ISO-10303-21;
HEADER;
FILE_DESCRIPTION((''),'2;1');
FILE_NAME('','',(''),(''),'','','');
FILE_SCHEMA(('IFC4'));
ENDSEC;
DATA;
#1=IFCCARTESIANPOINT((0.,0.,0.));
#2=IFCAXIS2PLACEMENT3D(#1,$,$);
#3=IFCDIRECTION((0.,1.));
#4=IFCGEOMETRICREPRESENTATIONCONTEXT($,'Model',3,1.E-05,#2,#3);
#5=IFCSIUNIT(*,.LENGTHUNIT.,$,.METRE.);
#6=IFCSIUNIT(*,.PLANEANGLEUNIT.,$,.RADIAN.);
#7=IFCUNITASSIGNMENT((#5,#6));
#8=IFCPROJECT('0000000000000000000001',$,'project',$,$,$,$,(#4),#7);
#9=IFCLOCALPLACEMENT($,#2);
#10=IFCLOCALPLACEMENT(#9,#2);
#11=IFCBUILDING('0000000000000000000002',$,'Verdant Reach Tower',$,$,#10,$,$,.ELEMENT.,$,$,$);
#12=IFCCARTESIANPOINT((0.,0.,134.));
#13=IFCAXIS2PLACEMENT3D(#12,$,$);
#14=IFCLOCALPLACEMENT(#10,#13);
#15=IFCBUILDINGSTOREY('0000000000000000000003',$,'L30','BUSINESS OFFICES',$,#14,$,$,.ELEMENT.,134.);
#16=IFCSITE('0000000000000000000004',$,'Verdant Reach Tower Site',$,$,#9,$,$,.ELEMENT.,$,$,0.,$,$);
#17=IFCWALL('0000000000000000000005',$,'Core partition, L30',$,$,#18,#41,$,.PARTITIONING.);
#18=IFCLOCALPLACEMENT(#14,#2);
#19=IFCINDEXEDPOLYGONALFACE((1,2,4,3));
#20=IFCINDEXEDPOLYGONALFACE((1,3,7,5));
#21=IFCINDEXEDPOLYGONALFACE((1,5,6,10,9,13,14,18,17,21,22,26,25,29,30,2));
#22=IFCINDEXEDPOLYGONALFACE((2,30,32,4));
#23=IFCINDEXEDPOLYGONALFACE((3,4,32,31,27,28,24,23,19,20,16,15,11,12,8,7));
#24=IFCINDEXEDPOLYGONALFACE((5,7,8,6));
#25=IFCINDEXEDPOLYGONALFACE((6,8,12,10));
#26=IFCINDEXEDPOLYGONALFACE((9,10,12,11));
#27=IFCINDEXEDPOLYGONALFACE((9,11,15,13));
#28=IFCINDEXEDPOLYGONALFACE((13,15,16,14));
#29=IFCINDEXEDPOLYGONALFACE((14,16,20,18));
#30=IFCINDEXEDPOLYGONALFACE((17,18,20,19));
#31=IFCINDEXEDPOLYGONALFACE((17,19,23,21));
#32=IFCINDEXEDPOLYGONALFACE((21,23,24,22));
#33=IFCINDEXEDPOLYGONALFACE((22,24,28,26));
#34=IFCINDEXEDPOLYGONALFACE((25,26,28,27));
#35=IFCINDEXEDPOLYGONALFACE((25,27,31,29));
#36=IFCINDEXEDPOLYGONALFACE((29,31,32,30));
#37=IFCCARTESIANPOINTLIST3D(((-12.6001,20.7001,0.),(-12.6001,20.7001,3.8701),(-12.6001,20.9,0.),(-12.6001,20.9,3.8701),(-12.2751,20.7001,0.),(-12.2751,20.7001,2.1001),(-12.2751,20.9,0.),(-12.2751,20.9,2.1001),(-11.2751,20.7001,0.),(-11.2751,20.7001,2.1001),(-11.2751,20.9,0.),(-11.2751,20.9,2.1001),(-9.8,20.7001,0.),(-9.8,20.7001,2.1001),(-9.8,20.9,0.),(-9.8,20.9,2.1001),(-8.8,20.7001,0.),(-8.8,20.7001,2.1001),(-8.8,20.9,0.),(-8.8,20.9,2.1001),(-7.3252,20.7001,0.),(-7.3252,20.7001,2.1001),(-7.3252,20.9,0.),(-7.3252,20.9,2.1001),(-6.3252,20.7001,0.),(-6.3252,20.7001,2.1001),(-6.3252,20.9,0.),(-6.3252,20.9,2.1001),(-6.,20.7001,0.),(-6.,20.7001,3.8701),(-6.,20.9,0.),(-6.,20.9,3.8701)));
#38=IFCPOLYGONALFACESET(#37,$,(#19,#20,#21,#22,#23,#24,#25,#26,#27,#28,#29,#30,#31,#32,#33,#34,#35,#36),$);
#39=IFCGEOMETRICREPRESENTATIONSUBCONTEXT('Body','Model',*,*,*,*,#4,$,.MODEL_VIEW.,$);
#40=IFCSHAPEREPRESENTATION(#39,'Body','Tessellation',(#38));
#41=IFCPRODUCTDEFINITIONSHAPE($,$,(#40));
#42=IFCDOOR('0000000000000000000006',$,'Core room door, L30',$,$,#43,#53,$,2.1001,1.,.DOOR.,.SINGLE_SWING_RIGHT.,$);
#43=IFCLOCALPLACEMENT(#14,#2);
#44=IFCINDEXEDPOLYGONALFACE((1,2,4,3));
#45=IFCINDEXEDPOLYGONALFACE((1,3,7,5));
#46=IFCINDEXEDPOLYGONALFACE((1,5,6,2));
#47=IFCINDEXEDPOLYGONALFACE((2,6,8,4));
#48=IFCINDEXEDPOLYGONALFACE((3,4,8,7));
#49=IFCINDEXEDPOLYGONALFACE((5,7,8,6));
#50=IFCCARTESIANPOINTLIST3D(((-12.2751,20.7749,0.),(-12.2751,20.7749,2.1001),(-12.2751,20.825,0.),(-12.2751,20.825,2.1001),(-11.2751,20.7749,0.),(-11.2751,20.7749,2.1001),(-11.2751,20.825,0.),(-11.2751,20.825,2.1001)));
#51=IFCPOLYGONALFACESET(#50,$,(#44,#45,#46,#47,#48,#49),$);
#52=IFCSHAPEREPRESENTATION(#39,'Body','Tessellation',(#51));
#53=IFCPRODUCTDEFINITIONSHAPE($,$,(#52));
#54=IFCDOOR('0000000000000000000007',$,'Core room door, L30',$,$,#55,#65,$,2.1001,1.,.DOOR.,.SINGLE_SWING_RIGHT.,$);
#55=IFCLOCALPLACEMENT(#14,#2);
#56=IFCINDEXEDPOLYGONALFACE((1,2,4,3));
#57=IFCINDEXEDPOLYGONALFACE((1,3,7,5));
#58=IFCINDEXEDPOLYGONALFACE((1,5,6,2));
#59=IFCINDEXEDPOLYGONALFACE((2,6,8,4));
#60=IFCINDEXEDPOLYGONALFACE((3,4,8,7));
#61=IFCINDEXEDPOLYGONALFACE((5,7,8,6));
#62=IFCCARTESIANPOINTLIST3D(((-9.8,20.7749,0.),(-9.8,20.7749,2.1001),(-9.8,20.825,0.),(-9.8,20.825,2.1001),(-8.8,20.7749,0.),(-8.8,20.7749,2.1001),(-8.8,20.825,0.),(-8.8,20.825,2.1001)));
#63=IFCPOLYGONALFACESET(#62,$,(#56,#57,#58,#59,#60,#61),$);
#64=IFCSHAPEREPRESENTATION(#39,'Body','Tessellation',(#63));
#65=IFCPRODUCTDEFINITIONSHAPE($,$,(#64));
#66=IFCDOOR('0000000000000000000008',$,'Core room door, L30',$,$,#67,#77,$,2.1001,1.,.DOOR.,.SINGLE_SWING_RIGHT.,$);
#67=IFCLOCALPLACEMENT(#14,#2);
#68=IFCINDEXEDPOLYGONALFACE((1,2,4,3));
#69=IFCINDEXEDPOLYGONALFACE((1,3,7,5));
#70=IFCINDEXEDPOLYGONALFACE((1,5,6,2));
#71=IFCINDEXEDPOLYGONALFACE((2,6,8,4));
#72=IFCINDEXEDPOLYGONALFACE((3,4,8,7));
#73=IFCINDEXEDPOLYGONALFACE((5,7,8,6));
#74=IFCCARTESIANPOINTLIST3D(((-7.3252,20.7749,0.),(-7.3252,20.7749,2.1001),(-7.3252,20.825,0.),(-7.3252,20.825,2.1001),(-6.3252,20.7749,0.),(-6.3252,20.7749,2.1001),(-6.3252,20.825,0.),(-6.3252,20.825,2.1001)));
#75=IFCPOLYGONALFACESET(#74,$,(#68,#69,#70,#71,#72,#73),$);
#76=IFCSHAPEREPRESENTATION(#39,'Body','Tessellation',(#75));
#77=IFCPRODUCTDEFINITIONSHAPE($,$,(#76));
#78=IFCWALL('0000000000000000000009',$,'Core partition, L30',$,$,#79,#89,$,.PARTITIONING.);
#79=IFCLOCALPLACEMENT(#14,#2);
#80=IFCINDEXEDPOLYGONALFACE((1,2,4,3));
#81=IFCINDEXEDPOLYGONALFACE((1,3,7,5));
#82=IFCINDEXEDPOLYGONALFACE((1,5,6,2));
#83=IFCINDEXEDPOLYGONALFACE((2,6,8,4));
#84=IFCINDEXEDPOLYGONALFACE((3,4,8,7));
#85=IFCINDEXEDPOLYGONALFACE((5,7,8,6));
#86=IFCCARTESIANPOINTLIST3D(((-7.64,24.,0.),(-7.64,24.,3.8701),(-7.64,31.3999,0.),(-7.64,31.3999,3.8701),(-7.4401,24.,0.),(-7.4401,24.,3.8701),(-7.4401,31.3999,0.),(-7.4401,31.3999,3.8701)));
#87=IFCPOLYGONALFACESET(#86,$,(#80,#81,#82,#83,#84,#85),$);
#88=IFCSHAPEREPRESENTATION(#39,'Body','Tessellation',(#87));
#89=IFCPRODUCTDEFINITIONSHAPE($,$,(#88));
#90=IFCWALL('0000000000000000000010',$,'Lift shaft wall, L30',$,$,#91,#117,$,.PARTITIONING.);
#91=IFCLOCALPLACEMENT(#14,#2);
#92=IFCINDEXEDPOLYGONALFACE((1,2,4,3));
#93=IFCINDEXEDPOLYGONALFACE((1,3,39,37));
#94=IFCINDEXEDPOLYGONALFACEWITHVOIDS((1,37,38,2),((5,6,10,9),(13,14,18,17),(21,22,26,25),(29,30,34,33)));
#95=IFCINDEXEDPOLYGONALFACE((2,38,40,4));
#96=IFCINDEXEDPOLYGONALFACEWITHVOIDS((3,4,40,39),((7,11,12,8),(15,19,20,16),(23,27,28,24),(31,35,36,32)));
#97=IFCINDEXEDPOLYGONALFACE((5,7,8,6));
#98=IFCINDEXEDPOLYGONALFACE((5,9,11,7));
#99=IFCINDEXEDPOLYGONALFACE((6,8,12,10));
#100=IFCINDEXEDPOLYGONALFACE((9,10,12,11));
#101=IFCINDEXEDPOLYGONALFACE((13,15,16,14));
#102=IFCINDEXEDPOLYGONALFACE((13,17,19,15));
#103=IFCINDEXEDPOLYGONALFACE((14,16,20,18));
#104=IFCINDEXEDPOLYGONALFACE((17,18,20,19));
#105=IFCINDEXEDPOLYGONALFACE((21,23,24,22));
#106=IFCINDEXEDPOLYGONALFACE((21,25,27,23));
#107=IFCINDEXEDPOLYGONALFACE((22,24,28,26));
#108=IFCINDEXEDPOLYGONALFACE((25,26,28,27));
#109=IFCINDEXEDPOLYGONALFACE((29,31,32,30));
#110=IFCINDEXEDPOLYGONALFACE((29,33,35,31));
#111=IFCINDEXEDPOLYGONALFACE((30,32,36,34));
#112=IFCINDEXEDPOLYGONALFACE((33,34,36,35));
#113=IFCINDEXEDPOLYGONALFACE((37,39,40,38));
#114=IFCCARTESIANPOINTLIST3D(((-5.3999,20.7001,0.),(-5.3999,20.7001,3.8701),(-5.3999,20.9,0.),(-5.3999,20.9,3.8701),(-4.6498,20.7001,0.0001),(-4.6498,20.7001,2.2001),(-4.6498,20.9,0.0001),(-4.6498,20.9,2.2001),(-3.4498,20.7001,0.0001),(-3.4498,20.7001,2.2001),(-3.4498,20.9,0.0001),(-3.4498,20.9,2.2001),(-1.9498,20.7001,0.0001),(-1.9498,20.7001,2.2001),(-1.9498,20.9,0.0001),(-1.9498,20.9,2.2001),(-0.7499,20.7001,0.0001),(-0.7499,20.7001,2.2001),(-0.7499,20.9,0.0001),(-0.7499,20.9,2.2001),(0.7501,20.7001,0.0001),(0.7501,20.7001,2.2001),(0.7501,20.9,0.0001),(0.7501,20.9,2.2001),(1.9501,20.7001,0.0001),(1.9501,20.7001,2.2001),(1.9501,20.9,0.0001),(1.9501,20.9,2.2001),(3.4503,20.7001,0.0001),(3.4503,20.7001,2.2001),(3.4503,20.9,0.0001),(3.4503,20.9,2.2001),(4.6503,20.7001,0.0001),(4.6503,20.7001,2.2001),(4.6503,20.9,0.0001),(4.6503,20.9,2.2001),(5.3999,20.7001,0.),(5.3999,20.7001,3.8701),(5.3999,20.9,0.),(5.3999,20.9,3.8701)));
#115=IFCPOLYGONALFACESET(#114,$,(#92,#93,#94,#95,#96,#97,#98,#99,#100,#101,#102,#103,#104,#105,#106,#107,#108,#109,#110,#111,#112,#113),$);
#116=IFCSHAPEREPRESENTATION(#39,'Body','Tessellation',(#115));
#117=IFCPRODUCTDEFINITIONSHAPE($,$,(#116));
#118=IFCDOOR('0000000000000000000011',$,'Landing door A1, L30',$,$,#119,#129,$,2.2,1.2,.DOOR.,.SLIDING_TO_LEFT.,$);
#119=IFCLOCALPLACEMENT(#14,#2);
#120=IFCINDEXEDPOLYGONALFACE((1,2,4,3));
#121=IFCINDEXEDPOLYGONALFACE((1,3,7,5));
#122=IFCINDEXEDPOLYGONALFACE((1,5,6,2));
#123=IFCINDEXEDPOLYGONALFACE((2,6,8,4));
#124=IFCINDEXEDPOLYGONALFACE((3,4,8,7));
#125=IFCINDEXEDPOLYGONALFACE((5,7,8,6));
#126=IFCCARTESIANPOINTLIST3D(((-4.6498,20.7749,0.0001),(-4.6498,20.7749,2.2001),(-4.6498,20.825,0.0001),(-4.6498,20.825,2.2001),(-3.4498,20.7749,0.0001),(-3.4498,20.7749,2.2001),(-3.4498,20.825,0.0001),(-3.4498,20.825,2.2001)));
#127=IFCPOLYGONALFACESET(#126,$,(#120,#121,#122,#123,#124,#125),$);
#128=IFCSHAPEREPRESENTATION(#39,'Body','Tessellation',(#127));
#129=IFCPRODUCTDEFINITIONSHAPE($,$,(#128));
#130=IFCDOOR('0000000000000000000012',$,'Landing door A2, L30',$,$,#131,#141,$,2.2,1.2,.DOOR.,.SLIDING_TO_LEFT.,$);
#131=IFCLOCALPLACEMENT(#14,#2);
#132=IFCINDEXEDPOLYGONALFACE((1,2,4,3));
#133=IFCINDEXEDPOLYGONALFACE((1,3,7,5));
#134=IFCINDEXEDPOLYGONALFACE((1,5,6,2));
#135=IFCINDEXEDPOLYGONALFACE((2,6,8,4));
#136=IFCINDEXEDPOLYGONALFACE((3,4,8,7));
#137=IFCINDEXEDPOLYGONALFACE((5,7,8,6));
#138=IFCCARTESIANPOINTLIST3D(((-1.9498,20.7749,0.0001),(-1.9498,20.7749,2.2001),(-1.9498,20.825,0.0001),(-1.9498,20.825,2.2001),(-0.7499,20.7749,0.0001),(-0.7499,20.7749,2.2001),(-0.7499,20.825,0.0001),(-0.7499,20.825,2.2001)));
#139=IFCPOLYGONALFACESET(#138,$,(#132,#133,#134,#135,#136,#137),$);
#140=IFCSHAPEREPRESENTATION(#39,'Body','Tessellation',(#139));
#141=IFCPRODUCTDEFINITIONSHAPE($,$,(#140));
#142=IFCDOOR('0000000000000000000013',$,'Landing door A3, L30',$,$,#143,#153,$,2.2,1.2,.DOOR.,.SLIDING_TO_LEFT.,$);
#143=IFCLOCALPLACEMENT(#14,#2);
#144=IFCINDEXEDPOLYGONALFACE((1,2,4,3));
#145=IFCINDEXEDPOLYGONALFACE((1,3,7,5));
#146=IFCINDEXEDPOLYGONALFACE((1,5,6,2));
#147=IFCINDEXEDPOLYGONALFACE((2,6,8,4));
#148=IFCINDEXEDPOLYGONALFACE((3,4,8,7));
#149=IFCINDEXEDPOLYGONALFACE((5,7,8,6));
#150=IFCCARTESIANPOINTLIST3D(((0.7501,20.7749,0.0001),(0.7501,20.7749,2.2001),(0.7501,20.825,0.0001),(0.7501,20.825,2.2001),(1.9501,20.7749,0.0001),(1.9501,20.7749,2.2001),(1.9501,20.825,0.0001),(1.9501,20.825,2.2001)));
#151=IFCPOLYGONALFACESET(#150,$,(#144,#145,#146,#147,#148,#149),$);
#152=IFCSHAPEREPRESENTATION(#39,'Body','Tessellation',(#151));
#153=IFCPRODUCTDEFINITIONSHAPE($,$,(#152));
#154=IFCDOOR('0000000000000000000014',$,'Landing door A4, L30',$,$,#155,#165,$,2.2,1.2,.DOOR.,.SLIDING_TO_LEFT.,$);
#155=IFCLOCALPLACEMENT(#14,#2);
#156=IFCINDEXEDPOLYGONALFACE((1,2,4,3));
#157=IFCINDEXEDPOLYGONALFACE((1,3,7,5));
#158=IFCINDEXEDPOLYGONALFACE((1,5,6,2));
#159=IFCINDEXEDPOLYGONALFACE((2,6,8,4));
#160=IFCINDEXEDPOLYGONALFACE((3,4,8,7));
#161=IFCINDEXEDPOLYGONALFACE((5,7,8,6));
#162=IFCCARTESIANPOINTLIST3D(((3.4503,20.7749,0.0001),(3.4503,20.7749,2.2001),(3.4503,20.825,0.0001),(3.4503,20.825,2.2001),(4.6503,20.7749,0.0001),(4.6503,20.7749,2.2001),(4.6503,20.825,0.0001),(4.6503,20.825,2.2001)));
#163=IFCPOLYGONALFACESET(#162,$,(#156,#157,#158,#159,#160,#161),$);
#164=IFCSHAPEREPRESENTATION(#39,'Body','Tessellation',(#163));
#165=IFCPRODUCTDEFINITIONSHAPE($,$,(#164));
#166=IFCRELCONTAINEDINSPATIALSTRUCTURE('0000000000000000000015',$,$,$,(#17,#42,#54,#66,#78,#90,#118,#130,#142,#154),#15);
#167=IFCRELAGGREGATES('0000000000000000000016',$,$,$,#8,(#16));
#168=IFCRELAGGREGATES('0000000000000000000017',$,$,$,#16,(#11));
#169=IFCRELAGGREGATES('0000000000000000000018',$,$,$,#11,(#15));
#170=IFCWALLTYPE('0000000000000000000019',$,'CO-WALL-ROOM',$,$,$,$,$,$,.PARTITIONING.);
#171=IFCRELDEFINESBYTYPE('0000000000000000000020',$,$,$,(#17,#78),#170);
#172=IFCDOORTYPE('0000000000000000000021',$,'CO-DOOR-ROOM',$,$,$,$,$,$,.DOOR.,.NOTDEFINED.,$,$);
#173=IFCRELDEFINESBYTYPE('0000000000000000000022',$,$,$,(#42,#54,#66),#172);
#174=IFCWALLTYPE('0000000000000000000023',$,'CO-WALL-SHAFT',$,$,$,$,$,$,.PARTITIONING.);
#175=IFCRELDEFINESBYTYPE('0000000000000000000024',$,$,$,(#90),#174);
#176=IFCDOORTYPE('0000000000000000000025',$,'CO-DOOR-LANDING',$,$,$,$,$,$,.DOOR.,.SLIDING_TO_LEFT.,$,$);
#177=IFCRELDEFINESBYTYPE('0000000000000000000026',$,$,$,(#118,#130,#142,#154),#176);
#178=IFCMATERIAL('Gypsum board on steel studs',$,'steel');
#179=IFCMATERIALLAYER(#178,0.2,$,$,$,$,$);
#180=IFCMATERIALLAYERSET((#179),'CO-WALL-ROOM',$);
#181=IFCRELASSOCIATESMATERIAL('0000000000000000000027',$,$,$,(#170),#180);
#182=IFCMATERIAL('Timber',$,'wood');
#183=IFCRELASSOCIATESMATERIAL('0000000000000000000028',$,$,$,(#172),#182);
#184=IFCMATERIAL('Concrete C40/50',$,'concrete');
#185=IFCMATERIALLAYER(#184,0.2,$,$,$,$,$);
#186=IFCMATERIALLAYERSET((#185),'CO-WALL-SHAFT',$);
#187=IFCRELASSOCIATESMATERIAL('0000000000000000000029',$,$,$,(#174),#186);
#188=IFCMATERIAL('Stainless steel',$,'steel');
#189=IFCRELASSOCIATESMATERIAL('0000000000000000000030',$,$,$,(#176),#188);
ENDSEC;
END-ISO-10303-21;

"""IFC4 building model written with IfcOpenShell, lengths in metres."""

from ifc_helpers import new_model, si_unit, direction, frame, frame_2d, origin, place, context, subcontext, project, spatial, rectangle, extrude, material, layer, layer_set, type_object, element, fill, save


model = new_model("IFC4")

# Units and contexts
model_context = context("Model", 3, precision=1e-05, world=origin(), true_north=direction((0.0, 1.0)))
body_context = subcontext(model_context, "Body", "Model", "MODEL_VIEW")
ifc_project = project(units=[si_unit("LENGTHUNIT", "METRE"), si_unit("PLANEANGLEUNIT", "RADIAN")], contexts=[model_context])

# Site, building, storey
site_placement = place(None, origin())
site = spatial("IfcSite", under=ifc_project, at=site_placement, Name="Verdant Reach Tower Site", CompositionType="ELEMENT", RefElevation=0.0)
building_placement = place(site_placement, origin())
building = spatial("IfcBuilding", under=site, at=building_placement, Name="Verdant Reach Tower", CompositionType="ELEMENT")
storey_placement = place(building_placement, frame((0.0, 0.0, 134.0)))
storey = spatial("IfcBuildingStorey", under=building, at=storey_placement, Name="L30", Description="BUSINESS OFFICES", CompositionType="ELEMENT", Elevation=134.0)

# Wall, openings, doors
ifc_material_1 = material(Name="Gypsum board on steel studs", Category="steel")
ifc_layer_1 = layer(ifc_material_1, 0.2)
ifc_layer_set_1 = layer_set([ifc_layer_1], Name="CO-WALL-ROOM")
wall_type_1 = type_object("IfcWallType", Name="CO-WALL-ROOM", PredefinedType="PARTITIONING", material=ifc_layer_set_1)
wall_1_placement = place(storey_placement, frame((-12.6001, 20.8, 0.0), z_axis=(0.0, 0.0, 1.0), x_axis=(1.0, 0.0, 0.0)))
wall_1 = element("IfcWall", 1, at=wall_1_placement, inside=storey, type_object=wall_type_1, Name="Core partition, L30", PredefinedType="PARTITIONING", context=body_context, shape_type="SweptSolid", body=[
    extrude(rectangle(XDim=6.6001, YDim=0.2, at=frame_2d((3.3, 0.0))), origin(), (0.0, 0.0, 1.0), 3.8701),
])
opening_1_placement = place(wall_1_placement, frame((0.325, 0.0, 0.0)))
opening_1 = element("IfcOpeningElement", 2, at=opening_1_placement, cuts=wall_1, PredefinedType="OPENING", context=body_context, shape_type="SweptSolid", body=[
    extrude(rectangle(XDim=1.0, YDim=2.1001, at=frame_2d((0.5, 1.05))), frame((0.0, 0.1099, 0.0), z_axis=(0.0, -1.0, 0.0), x_axis=(1.0, 0.0, 0.0)), (0.0, 0.0, 1.0), 0.22),
])
opening_2_placement = place(wall_1_placement, frame((2.8, 0.0, 0.0)))
opening_2 = element("IfcOpeningElement", 3, at=opening_2_placement, cuts=wall_1, PredefinedType="OPENING", context=body_context, shape_type="SweptSolid", body=[
    extrude(rectangle(XDim=1.0, YDim=2.1001, at=frame_2d((0.5, 1.05))), frame((0.0, 0.1099, 0.0), z_axis=(0.0, -1.0, 0.0), x_axis=(1.0, 0.0, 0.0)), (0.0, 0.0, 1.0), 0.22),
])
opening_3_placement = place(wall_1_placement, frame((5.2749, 0.0, 0.0)))
opening_3 = element("IfcOpeningElement", 4, at=opening_3_placement, cuts=wall_1, PredefinedType="OPENING", context=body_context, shape_type="SweptSolid", body=[
    extrude(rectangle(XDim=1.0, YDim=2.1001, at=frame_2d((0.5, 1.05))), frame((0.0, 0.1099, 0.0), z_axis=(0.0, -1.0, 0.0), x_axis=(1.0, 0.0, 0.0)), (0.0, 0.0, 1.0), 0.22),
])
ifc_material_2 = material(Name="Timber", Category="wood")
door_type_1 = type_object("IfcDoorType", Name="CO-DOOR-ROOM", OperationType="NOTDEFINED", PredefinedType="DOOR", material=ifc_material_2)
door_1_placement = place(opening_1_placement, origin())
door_1 = element("IfcDoor", 5, at=door_1_placement, inside=storey, type_object=door_type_1, Name="Core room door, L30", OperationType="SINGLE_SWING_RIGHT", OverallHeight=2.1001, OverallWidth=1.0, PredefinedType="DOOR", context=body_context, shape_type="SweptSolid", body=[
    extrude(rectangle(XDim=1.0, YDim=2.1001, at=frame_2d((0.5, 1.05))), frame((0.0, 0.0249, 0.0), z_axis=(0.0, -1.0, 0.0), x_axis=(1.0, 0.0, 0.0)), (0.0, 0.0, 1.0), 0.05),
])
fill(opening_1, door_1)
door_2_placement = place(opening_2_placement, origin())
door_2 = element("IfcDoor", 6, at=door_2_placement, inside=storey, type_object=door_type_1, Name="Core room door, L30", OperationType="SINGLE_SWING_RIGHT", OverallHeight=2.1001, OverallWidth=1.0, PredefinedType="DOOR", context=body_context, shape_type="SweptSolid", body=[
    extrude(rectangle(XDim=1.0, YDim=2.1001, at=frame_2d((0.5, 1.05))), frame((0.0, 0.0249, 0.0), z_axis=(0.0, -1.0, 0.0), x_axis=(1.0, 0.0, 0.0)), (0.0, 0.0, 1.0), 0.05),
])
fill(opening_2, door_2)
door_3_placement = place(opening_3_placement, origin())
door_3 = element("IfcDoor", 7, at=door_3_placement, inside=storey, type_object=door_type_1, Name="Core room door, L30", OperationType="SINGLE_SWING_RIGHT", OverallHeight=2.1001, OverallWidth=1.0, PredefinedType="DOOR", context=body_context, shape_type="SweptSolid", body=[
    extrude(rectangle(XDim=1.0, YDim=2.1001, at=frame_2d((0.5, 1.05))), frame((0.0, 0.0249, 0.0), z_axis=(0.0, -1.0, 0.0), x_axis=(1.0, 0.0, 0.0)), (0.0, 0.0, 1.0), 0.05),
])
fill(opening_3, door_3)

# Wall
wall_2_placement = place(storey_placement, frame((-7.54, 24.0, 0.0), z_axis=(0.0, 0.0, 1.0), x_axis=(0.0, 1.0, 0.0)))
element("IfcWall", 8, at=wall_2_placement, inside=storey, type_object=wall_type_1, Name="Core partition, L30", PredefinedType="PARTITIONING", context=body_context, shape_type="SweptSolid", body=[
    extrude(rectangle(XDim=7.3999, YDim=0.2, at=frame_2d((3.7, 0.0))), origin(), (0.0, 0.0, 1.0), 3.8701),
])

# Wall, openings, doors
ifc_material_3 = material(Name="Concrete C40/50", Category="concrete")
ifc_layer_2 = layer(ifc_material_3, 0.2)
ifc_layer_set_2 = layer_set([ifc_layer_2], Name="CO-WALL-SHAFT")
wall_type_2 = type_object("IfcWallType", Name="CO-WALL-SHAFT", PredefinedType="PARTITIONING", material=ifc_layer_set_2)
wall_3_placement = place(storey_placement, frame((-5.3999, 20.8, 0.0), z_axis=(0.0, 0.0, 1.0), x_axis=(1.0, 0.0, 0.0)))
wall_3 = element("IfcWall", 9, at=wall_3_placement, inside=storey, type_object=wall_type_2, Name="Lift shaft wall, L30", PredefinedType="PARTITIONING", context=body_context, shape_type="SweptSolid", body=[
    extrude(rectangle(XDim=10.7998, YDim=0.2, at=frame_2d((5.3999, 0.0))), origin(), (0.0, 0.0, 1.0), 3.8701),
])
opening_4_placement = place(wall_3_placement, frame((0.75, 0.0, 0.0)))
opening_4 = element("IfcOpeningElement", 10, at=opening_4_placement, cuts=wall_3, PredefinedType="OPENING", context=body_context, shape_type="SweptSolid", body=[
    extrude(rectangle(XDim=1.2, YDim=2.2, at=frame_2d((0.6001, 1.1001))), frame((0.0, 0.1099, 0.0), z_axis=(0.0, -1.0, 0.0), x_axis=(1.0, 0.0, 0.0)), (0.0, 0.0, 1.0), 0.22),
])
opening_5_placement = place(wall_3_placement, frame((3.45, 0.0, 0.0)))
opening_5 = element("IfcOpeningElement", 11, at=opening_5_placement, cuts=wall_3, PredefinedType="OPENING", context=body_context, shape_type="SweptSolid", body=[
    extrude(rectangle(XDim=1.2, YDim=2.2, at=frame_2d((0.6001, 1.1001))), frame((0.0, 0.1099, 0.0), z_axis=(0.0, -1.0, 0.0), x_axis=(1.0, 0.0, 0.0)), (0.0, 0.0, 1.0), 0.22),
])
opening_6_placement = place(wall_3_placement, frame((6.1499, 0.0, 0.0)))
opening_6 = element("IfcOpeningElement", 12, at=opening_6_placement, cuts=wall_3, PredefinedType="OPENING", context=body_context, shape_type="SweptSolid", body=[
    extrude(rectangle(XDim=1.2, YDim=2.2, at=frame_2d((0.6001, 1.1001))), frame((0.0, 0.1099, 0.0), z_axis=(0.0, -1.0, 0.0), x_axis=(1.0, 0.0, 0.0)), (0.0, 0.0, 1.0), 0.22),
])
opening_7_placement = place(wall_3_placement, frame((8.8501, 0.0, 0.0)))
opening_7 = element("IfcOpeningElement", 13, at=opening_7_placement, cuts=wall_3, PredefinedType="OPENING", context=body_context, shape_type="SweptSolid", body=[
    extrude(rectangle(XDim=1.2, YDim=2.2, at=frame_2d((0.6001, 1.1001))), frame((0.0, 0.1099, 0.0), z_axis=(0.0, -1.0, 0.0), x_axis=(1.0, 0.0, 0.0)), (0.0, 0.0, 1.0), 0.22),
])
ifc_material_4 = material(Name="Stainless steel", Category="steel")
door_type_2 = type_object("IfcDoorType", Name="CO-DOOR-LANDING", OperationType="SLIDING_TO_LEFT", PredefinedType="DOOR", material=ifc_material_4)
door_4_placement = place(opening_4_placement, origin())
door_4 = element("IfcDoor", 14, at=door_4_placement, inside=storey, type_object=door_type_2, Name="Landing door A1, L30", OperationType="SLIDING_TO_LEFT", OverallHeight=2.2, OverallWidth=1.2, PredefinedType="DOOR", context=body_context, shape_type="SweptSolid", body=[
    extrude(rectangle(XDim=1.2, YDim=2.2, at=frame_2d((0.6001, 1.1001))), frame((0.0, 0.0249, 0.0), z_axis=(0.0, -1.0, 0.0), x_axis=(1.0, 0.0, 0.0)), (0.0, 0.0, 1.0), 0.05),
])
fill(opening_4, door_4)
door_5_placement = place(opening_5_placement, origin())
door_5 = element("IfcDoor", 15, at=door_5_placement, inside=storey, type_object=door_type_2, Name="Landing door A2, L30", OperationType="SLIDING_TO_LEFT", OverallHeight=2.2, OverallWidth=1.2, PredefinedType="DOOR", context=body_context, shape_type="SweptSolid", body=[
    extrude(rectangle(XDim=1.2, YDim=2.2, at=frame_2d((0.6001, 1.1001))), frame((0.0, 0.0249, 0.0), z_axis=(0.0, -1.0, 0.0), x_axis=(1.0, 0.0, 0.0)), (0.0, 0.0, 1.0), 0.05),
])
fill(opening_5, door_5)
door_6_placement = place(opening_6_placement, origin())
door_6 = element("IfcDoor", 16, at=door_6_placement, inside=storey, type_object=door_type_2, Name="Landing door A3, L30", OperationType="SLIDING_TO_LEFT", OverallHeight=2.2, OverallWidth=1.2, PredefinedType="DOOR", context=body_context, shape_type="SweptSolid", body=[
    extrude(rectangle(XDim=1.2, YDim=2.2, at=frame_2d((0.6001, 1.1001))), frame((0.0, 0.0249, 0.0), z_axis=(0.0, -1.0, 0.0), x_axis=(1.0, 0.0, 0.0)), (0.0, 0.0, 1.0), 0.05),
])
fill(opening_6, door_6)
door_7_placement = place(opening_7_placement, origin())
door_7 = element("IfcDoor", 17, at=door_7_placement, inside=storey, type_object=door_type_2, Name="Landing door A4, L30", OperationType="SLIDING_TO_LEFT", OverallHeight=2.2, OverallWidth=1.2, PredefinedType="DOOR", context=body_context, shape_type="SweptSolid", body=[
    extrude(rectangle(XDim=1.2, YDim=2.2, at=frame_2d((0.6001, 1.1001))), frame((0.0, 0.0249, 0.0), z_axis=(0.0, -1.0, 0.0), x_axis=(1.0, 0.0, 0.0)), (0.0, 0.0, 1.0), 0.05),
])
fill(opening_7, door_7)

save(model, "model.ifc")
